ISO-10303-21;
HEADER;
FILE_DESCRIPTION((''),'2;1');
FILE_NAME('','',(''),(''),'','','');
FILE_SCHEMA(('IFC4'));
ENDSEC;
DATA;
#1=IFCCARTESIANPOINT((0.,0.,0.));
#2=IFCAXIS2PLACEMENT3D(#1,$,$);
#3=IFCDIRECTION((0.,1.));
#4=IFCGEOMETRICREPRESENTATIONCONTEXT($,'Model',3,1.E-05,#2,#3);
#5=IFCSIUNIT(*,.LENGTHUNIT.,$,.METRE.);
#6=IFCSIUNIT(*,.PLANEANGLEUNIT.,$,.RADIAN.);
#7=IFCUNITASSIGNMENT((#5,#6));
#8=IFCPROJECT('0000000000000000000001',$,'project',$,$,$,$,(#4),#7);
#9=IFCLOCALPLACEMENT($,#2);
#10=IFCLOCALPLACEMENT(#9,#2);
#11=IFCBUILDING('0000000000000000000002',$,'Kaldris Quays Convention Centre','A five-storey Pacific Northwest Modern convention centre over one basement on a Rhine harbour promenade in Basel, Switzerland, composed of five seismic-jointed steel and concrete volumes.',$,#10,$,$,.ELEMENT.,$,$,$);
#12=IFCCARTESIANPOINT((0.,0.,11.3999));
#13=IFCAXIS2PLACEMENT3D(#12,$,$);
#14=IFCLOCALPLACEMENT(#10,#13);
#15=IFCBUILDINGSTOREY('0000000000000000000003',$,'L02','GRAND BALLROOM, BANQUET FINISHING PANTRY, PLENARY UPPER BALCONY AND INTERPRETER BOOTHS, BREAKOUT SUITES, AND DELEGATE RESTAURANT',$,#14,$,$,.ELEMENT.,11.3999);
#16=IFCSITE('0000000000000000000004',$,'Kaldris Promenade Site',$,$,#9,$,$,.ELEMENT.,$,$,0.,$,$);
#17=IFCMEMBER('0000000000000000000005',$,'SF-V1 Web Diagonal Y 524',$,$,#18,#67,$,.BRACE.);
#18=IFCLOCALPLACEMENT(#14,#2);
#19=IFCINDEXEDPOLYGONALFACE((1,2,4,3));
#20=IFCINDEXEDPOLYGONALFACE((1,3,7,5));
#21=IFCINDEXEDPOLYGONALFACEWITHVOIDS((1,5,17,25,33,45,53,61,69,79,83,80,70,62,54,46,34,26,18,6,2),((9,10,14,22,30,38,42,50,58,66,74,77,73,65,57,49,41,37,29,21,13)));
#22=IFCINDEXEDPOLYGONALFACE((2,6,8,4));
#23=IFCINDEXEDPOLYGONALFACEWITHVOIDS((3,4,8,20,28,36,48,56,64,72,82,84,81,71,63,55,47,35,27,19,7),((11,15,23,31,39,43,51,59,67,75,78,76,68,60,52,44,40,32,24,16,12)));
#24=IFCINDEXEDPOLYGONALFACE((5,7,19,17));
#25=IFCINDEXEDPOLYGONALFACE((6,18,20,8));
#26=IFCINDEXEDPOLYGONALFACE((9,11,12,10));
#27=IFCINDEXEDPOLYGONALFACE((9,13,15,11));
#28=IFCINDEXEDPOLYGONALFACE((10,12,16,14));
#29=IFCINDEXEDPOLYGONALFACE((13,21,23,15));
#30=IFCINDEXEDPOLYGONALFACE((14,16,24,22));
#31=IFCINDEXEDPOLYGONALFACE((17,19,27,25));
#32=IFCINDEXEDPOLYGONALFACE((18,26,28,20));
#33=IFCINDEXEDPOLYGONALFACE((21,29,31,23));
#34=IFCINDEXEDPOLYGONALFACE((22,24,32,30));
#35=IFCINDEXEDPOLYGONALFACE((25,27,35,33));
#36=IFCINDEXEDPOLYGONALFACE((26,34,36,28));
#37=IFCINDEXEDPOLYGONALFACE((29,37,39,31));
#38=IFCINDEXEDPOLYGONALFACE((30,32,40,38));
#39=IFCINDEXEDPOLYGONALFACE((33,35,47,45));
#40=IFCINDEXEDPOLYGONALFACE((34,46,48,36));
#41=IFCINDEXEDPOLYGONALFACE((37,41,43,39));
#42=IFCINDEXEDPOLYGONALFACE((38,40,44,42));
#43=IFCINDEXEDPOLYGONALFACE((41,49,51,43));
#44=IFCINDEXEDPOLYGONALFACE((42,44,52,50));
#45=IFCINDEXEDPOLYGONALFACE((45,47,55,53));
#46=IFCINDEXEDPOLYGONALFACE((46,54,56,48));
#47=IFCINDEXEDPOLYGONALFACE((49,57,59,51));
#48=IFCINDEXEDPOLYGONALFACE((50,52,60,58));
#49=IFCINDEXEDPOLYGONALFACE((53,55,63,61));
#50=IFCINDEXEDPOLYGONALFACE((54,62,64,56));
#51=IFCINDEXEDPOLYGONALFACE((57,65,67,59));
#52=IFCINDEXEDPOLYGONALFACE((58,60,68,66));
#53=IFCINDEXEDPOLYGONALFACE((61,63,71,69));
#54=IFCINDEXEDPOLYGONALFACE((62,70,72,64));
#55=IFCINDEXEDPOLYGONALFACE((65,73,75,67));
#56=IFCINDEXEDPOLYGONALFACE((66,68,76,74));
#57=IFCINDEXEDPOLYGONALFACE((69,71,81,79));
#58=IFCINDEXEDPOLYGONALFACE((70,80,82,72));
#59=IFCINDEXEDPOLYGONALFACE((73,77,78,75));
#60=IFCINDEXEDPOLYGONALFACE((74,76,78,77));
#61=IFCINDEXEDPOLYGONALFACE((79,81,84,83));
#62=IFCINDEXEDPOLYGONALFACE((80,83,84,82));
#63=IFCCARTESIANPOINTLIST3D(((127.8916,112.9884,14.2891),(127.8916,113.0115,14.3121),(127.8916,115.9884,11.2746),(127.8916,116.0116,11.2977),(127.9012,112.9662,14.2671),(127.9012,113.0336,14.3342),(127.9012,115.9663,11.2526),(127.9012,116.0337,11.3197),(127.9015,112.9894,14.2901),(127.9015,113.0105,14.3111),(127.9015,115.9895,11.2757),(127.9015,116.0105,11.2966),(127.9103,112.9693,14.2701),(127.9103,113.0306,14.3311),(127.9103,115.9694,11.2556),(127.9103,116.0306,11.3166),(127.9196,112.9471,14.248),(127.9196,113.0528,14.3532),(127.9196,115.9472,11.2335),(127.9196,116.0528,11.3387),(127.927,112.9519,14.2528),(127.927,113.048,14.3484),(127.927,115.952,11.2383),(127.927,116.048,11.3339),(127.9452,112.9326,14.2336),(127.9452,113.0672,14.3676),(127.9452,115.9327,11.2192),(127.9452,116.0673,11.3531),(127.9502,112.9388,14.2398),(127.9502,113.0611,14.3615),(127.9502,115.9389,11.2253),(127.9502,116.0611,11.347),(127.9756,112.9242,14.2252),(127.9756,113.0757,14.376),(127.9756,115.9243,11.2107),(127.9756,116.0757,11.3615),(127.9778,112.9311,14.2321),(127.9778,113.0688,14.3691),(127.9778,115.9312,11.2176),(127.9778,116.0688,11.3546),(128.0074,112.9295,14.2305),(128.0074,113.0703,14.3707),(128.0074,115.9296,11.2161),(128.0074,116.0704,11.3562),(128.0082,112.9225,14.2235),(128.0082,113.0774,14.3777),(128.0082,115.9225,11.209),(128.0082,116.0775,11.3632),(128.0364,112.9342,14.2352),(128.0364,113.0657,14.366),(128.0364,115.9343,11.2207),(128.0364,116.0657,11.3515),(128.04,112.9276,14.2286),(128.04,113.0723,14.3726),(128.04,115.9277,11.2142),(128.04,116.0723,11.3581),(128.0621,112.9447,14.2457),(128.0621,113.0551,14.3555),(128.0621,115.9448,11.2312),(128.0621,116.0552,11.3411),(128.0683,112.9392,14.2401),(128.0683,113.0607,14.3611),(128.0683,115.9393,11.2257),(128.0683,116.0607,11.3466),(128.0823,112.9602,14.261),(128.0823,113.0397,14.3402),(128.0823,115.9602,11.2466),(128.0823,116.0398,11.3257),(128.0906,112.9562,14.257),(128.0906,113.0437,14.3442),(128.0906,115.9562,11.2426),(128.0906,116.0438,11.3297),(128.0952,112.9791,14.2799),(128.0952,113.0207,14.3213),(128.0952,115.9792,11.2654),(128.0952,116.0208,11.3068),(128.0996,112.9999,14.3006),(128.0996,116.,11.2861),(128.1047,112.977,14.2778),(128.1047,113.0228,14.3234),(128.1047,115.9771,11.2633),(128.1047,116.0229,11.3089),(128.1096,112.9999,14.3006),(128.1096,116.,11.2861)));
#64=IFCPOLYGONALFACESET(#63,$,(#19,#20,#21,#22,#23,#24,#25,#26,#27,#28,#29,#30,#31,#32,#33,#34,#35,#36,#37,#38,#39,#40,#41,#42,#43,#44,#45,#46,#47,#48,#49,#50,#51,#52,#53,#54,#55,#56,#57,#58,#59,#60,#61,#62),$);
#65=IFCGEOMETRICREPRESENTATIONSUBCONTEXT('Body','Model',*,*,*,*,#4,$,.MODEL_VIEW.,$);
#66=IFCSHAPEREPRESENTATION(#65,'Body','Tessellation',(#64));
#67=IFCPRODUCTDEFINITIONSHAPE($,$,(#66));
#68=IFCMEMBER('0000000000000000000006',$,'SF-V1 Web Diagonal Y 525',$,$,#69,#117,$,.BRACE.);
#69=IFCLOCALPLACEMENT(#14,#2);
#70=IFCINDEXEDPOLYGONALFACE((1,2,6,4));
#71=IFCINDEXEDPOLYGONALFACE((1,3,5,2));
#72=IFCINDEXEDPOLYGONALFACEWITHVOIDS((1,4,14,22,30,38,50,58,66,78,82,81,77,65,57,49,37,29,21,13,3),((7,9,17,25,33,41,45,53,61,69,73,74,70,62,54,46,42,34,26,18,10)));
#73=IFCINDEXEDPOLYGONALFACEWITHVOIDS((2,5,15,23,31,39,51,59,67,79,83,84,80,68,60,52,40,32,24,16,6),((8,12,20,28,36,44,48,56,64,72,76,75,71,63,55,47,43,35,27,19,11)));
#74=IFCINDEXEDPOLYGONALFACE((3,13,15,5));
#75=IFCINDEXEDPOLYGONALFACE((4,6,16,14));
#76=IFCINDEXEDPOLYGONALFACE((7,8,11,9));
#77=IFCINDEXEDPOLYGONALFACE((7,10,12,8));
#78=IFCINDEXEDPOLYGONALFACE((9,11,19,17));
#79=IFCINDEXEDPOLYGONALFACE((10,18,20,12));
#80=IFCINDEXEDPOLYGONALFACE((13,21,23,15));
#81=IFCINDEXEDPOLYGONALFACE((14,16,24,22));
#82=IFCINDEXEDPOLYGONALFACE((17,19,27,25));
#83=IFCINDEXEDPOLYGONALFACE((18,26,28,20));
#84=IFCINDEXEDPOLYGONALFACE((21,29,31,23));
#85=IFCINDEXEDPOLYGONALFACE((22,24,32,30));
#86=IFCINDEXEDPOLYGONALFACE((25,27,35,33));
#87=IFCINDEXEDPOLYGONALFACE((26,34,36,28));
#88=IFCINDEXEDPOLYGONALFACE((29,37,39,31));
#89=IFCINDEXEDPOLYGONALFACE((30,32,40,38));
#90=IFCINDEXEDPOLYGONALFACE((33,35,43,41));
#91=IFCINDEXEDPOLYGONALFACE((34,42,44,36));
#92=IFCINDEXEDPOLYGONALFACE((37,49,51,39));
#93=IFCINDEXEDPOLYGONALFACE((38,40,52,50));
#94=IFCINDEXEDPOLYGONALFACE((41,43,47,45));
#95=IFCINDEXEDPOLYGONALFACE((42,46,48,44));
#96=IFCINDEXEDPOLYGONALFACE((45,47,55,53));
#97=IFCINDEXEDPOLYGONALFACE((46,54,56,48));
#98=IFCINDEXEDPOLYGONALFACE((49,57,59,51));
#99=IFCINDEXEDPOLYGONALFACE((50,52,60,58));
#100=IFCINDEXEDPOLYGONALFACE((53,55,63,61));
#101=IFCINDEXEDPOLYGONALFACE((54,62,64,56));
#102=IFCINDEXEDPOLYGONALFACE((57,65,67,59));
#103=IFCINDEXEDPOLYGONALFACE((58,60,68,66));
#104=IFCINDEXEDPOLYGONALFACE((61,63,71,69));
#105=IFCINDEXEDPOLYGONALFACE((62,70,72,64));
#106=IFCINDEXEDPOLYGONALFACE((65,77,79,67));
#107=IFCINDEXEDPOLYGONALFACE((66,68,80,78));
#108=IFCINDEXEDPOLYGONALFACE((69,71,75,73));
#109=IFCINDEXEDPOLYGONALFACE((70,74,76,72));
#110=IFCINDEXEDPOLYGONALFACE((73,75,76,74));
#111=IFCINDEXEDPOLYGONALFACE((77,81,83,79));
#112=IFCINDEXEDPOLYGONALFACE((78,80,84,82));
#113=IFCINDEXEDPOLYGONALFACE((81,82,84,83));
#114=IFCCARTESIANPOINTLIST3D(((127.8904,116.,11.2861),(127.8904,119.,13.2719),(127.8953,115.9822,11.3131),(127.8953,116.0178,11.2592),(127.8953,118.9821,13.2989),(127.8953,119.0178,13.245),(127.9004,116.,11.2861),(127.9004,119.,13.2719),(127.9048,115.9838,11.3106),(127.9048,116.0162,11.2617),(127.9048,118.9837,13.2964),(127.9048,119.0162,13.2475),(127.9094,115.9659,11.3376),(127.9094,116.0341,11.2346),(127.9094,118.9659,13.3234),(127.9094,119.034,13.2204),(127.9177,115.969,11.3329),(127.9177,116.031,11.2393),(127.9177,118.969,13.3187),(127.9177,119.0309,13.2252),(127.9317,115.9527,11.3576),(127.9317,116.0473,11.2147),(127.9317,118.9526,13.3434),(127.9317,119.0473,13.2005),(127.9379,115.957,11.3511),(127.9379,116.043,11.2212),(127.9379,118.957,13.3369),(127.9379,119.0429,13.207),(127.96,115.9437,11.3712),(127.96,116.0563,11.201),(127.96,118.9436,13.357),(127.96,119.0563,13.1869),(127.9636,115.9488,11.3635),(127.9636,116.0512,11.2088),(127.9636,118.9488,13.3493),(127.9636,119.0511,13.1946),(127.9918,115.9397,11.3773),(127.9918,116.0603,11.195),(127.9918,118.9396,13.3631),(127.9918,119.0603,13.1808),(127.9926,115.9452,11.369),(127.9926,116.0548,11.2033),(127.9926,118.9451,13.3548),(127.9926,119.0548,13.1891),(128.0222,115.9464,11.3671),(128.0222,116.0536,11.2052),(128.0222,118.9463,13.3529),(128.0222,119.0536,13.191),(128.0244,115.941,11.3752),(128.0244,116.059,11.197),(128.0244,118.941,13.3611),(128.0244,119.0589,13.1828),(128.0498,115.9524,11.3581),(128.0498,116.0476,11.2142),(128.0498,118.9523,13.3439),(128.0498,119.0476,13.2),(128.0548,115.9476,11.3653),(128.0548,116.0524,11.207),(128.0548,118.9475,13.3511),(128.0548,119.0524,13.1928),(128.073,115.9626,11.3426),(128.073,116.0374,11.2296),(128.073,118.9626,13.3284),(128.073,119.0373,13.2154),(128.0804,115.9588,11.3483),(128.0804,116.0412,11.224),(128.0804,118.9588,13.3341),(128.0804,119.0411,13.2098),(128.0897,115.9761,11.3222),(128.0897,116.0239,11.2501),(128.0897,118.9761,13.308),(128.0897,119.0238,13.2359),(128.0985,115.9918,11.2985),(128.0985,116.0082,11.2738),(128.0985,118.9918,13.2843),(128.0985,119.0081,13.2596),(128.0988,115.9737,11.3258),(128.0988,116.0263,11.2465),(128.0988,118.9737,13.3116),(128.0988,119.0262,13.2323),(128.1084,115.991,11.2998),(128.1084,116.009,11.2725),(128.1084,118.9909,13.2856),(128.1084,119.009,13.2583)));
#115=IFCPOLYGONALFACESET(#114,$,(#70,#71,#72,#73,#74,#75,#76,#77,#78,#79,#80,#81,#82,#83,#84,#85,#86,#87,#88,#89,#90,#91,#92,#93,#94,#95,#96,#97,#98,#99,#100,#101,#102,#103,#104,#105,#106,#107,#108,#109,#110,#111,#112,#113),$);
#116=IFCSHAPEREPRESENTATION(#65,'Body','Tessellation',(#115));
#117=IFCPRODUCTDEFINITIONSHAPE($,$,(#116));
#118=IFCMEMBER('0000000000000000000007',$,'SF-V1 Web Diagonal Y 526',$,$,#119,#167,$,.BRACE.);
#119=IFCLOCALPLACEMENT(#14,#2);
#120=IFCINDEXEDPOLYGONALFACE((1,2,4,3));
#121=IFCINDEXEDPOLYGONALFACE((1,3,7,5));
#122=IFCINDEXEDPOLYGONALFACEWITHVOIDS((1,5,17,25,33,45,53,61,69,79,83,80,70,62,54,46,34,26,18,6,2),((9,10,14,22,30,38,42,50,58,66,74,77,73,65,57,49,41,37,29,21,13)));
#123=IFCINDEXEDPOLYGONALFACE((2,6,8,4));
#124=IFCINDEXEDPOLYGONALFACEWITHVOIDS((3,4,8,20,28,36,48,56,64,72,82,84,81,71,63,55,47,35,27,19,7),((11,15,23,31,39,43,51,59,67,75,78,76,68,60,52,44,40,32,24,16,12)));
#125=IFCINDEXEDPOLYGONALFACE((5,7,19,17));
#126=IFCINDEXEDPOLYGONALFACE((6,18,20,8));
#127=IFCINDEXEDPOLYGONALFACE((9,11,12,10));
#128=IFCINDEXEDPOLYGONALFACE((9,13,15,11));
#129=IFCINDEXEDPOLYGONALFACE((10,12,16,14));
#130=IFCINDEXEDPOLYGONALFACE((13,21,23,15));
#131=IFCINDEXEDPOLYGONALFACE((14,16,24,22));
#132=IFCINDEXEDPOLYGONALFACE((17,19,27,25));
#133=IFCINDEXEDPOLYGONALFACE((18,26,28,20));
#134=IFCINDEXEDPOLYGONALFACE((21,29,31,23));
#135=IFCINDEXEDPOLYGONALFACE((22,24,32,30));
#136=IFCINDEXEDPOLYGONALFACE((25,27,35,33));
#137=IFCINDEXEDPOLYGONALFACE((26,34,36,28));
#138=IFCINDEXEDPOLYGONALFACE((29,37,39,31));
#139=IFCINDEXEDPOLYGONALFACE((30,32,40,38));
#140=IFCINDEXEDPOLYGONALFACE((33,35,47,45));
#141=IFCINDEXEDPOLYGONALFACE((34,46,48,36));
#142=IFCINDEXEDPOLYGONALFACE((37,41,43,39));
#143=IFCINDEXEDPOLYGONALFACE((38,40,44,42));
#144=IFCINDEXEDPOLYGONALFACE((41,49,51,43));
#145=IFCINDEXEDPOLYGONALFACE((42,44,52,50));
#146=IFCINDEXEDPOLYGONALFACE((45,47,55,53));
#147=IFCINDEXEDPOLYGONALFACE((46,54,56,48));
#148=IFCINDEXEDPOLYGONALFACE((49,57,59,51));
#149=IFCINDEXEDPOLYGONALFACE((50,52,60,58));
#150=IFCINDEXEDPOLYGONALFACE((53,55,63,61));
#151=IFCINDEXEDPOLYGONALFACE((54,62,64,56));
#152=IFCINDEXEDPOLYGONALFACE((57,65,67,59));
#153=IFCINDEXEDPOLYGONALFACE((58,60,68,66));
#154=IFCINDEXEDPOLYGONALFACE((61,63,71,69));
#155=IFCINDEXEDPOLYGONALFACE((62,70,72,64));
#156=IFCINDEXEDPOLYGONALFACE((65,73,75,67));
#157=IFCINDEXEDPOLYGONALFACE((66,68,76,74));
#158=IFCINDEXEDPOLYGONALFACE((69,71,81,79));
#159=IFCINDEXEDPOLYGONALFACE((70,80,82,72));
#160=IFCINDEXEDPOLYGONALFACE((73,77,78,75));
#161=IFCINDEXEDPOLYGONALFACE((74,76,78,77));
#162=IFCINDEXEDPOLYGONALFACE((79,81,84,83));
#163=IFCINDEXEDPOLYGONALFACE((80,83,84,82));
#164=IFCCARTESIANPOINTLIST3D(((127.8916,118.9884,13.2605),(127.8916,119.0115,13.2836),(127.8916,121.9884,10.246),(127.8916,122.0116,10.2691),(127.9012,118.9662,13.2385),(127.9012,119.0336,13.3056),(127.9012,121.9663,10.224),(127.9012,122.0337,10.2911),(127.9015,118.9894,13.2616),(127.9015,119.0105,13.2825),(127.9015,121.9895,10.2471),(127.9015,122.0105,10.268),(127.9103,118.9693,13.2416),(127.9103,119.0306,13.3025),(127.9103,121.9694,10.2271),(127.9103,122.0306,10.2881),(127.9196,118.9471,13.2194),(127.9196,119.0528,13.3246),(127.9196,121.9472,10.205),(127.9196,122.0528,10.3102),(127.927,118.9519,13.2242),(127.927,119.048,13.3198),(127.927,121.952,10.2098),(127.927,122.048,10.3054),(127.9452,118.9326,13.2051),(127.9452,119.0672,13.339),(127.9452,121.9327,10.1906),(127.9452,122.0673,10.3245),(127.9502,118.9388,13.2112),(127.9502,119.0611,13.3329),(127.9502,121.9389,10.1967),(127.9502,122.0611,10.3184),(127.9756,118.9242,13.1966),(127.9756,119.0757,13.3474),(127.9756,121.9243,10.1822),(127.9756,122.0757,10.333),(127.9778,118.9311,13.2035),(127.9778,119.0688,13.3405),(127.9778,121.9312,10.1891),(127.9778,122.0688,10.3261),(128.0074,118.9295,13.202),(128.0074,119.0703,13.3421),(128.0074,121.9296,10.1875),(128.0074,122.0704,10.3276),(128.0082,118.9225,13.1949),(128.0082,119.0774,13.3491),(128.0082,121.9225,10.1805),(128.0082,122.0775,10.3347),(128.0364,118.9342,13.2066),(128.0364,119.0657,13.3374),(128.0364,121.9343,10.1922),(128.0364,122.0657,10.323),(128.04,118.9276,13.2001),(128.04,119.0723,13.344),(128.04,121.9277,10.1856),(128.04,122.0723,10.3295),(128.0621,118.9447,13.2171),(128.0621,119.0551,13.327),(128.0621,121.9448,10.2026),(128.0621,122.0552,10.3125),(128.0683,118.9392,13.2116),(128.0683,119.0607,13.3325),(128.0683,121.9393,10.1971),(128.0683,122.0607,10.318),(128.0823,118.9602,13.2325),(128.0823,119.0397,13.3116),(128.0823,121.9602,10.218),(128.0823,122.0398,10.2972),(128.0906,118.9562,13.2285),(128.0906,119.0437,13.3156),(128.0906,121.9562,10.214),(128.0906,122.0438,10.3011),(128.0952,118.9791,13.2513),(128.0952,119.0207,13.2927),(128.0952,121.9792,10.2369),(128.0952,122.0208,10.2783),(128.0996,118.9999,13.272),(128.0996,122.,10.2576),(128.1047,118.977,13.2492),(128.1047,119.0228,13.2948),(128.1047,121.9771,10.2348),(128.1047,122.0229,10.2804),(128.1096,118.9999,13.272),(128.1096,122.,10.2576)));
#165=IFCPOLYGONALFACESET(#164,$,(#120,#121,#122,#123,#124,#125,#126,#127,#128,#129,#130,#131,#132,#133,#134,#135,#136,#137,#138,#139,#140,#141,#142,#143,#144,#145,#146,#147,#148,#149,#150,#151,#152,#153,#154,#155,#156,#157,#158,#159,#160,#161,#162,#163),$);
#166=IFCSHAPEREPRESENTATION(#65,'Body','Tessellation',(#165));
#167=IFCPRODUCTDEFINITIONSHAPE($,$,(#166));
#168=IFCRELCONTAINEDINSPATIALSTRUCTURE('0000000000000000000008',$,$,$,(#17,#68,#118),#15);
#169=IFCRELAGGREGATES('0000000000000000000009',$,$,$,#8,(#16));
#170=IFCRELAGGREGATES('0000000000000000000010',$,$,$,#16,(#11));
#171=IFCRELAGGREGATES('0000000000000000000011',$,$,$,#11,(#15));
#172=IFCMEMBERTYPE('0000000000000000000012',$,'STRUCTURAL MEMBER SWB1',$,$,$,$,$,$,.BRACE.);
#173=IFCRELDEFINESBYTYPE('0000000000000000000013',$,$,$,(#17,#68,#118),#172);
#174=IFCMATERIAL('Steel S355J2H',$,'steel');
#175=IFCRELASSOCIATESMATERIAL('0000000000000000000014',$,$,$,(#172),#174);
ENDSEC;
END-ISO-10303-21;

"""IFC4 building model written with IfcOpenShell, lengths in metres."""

from ifc_helpers import new_model, si_unit, direction, frame, origin, origin_2d, place, context, subcontext, project, spatial, hollow_circle, extrude, material, material_profile, profile_set, type_object, element, save


model = new_model("IFC4")

# Units and contexts
model_context = context("Model", 3, precision=1e-05, world=origin(), true_north=direction((0.0, 1.0)))
body_context = subcontext(model_context, "Body", "Model", "MODEL_VIEW")
ifc_project = project(units=[si_unit("LENGTHUNIT", "METRE"), si_unit("PLANEANGLEUNIT", "RADIAN")], contexts=[model_context])

# Site, building, storey
site_placement = place(None, origin())
site = spatial("IfcSite", under=ifc_project, at=site_placement, Name="Kaldris Promenade Site", CompositionType="ELEMENT", RefElevation=0.0)
building_placement = place(site_placement, origin())
building = spatial("IfcBuilding", under=site, at=building_placement, Name="Kaldris Quays Convention Centre", Description="A five-storey Pacific Northwest Modern convention centre over one basement on a Rhine harbour promenade in Basel, Switzerland, composed of five seismic-jointed steel and concrete volumes.", CompositionType="ELEMENT")
storey_placement = place(building_placement, frame((0.0, 0.0, 11.3999)))
storey = spatial("IfcBuildingStorey", under=building, at=storey_placement, Name="L02", Description="GRAND BALLROOM, BANQUET FINISHING PANTRY, PLENARY UPPER BALCONY AND INTERPRETER BOOTHS, BREAKOUT SUITES, AND DELEGATE RESTAURANT", CompositionType="ELEMENT", Elevation=11.3999)

# Members
ifc_material_1 = material(Name="Steel S355J2H", Category="steel")
ifc_material_profile_1 = material_profile(ifc_material_1, hollow_circle(Radius=0.1096, WallThickness=0.01, at=origin_2d()), Name="CHS 219.1x10")
ifc_profile_set_1 = profile_set([ifc_material_profile_1], Name="Steel S355J2H")
member_type_1 = type_object("IfcMemberType", Name="STRUCTURAL MEMBER SWB1", PredefinedType="BRACE", material=ifc_profile_set_1)
member_1_placement = place(storey_placement, frame((128.0, 116.0, 11.2861), z_axis=(0.0, -0.705411, 0.708798), x_axis=(1.0, 0.0, 0.0)))
element("IfcMember", 1, at=member_1_placement, inside=storey, type_object=member_type_1, Name="SF-V1 Web Diagonal Y 524", PredefinedType="BRACE", context=body_context, shape_type="SweptSolid", body=[
    extrude(hollow_circle(Radius=0.1096, WallThickness=0.01, at=origin_2d()), origin(), (0.0, 0.0, 1.0), 4.2529),
])
member_2_placement = place(storey_placement, frame((128.0, 116.0, 11.2861), z_axis=(0.0, 0.833862, 0.551972), x_axis=(-1.0, 0.0, 0.0)))
element("IfcMember", 2, at=member_2_placement, inside=storey, type_object=member_type_1, Name="SF-V1 Web Diagonal Y 525", PredefinedType="BRACE", context=body_context, shape_type="SweptSolid", body=[
    extrude(hollow_circle(Radius=0.1096, WallThickness=0.01, at=origin_2d()), origin(), (0.0, 0.0, 1.0), 3.5977),
])
member_3_placement = place(storey_placement, frame((128.0, 122.0, 10.2576), z_axis=(0.0, -0.705411, 0.708798), x_axis=(1.0, 0.0, 0.0)))
element("IfcMember", 3, at=member_3_placement, inside=storey, type_object=member_type_1, Name="SF-V1 Web Diagonal Y 526", PredefinedType="BRACE", context=body_context, shape_type="SweptSolid", body=[
    extrude(hollow_circle(Radius=0.1096, WallThickness=0.01, at=origin_2d()), origin(), (0.0, 0.0, 1.0), 4.2529),
])

save(model, "model.ifc")
